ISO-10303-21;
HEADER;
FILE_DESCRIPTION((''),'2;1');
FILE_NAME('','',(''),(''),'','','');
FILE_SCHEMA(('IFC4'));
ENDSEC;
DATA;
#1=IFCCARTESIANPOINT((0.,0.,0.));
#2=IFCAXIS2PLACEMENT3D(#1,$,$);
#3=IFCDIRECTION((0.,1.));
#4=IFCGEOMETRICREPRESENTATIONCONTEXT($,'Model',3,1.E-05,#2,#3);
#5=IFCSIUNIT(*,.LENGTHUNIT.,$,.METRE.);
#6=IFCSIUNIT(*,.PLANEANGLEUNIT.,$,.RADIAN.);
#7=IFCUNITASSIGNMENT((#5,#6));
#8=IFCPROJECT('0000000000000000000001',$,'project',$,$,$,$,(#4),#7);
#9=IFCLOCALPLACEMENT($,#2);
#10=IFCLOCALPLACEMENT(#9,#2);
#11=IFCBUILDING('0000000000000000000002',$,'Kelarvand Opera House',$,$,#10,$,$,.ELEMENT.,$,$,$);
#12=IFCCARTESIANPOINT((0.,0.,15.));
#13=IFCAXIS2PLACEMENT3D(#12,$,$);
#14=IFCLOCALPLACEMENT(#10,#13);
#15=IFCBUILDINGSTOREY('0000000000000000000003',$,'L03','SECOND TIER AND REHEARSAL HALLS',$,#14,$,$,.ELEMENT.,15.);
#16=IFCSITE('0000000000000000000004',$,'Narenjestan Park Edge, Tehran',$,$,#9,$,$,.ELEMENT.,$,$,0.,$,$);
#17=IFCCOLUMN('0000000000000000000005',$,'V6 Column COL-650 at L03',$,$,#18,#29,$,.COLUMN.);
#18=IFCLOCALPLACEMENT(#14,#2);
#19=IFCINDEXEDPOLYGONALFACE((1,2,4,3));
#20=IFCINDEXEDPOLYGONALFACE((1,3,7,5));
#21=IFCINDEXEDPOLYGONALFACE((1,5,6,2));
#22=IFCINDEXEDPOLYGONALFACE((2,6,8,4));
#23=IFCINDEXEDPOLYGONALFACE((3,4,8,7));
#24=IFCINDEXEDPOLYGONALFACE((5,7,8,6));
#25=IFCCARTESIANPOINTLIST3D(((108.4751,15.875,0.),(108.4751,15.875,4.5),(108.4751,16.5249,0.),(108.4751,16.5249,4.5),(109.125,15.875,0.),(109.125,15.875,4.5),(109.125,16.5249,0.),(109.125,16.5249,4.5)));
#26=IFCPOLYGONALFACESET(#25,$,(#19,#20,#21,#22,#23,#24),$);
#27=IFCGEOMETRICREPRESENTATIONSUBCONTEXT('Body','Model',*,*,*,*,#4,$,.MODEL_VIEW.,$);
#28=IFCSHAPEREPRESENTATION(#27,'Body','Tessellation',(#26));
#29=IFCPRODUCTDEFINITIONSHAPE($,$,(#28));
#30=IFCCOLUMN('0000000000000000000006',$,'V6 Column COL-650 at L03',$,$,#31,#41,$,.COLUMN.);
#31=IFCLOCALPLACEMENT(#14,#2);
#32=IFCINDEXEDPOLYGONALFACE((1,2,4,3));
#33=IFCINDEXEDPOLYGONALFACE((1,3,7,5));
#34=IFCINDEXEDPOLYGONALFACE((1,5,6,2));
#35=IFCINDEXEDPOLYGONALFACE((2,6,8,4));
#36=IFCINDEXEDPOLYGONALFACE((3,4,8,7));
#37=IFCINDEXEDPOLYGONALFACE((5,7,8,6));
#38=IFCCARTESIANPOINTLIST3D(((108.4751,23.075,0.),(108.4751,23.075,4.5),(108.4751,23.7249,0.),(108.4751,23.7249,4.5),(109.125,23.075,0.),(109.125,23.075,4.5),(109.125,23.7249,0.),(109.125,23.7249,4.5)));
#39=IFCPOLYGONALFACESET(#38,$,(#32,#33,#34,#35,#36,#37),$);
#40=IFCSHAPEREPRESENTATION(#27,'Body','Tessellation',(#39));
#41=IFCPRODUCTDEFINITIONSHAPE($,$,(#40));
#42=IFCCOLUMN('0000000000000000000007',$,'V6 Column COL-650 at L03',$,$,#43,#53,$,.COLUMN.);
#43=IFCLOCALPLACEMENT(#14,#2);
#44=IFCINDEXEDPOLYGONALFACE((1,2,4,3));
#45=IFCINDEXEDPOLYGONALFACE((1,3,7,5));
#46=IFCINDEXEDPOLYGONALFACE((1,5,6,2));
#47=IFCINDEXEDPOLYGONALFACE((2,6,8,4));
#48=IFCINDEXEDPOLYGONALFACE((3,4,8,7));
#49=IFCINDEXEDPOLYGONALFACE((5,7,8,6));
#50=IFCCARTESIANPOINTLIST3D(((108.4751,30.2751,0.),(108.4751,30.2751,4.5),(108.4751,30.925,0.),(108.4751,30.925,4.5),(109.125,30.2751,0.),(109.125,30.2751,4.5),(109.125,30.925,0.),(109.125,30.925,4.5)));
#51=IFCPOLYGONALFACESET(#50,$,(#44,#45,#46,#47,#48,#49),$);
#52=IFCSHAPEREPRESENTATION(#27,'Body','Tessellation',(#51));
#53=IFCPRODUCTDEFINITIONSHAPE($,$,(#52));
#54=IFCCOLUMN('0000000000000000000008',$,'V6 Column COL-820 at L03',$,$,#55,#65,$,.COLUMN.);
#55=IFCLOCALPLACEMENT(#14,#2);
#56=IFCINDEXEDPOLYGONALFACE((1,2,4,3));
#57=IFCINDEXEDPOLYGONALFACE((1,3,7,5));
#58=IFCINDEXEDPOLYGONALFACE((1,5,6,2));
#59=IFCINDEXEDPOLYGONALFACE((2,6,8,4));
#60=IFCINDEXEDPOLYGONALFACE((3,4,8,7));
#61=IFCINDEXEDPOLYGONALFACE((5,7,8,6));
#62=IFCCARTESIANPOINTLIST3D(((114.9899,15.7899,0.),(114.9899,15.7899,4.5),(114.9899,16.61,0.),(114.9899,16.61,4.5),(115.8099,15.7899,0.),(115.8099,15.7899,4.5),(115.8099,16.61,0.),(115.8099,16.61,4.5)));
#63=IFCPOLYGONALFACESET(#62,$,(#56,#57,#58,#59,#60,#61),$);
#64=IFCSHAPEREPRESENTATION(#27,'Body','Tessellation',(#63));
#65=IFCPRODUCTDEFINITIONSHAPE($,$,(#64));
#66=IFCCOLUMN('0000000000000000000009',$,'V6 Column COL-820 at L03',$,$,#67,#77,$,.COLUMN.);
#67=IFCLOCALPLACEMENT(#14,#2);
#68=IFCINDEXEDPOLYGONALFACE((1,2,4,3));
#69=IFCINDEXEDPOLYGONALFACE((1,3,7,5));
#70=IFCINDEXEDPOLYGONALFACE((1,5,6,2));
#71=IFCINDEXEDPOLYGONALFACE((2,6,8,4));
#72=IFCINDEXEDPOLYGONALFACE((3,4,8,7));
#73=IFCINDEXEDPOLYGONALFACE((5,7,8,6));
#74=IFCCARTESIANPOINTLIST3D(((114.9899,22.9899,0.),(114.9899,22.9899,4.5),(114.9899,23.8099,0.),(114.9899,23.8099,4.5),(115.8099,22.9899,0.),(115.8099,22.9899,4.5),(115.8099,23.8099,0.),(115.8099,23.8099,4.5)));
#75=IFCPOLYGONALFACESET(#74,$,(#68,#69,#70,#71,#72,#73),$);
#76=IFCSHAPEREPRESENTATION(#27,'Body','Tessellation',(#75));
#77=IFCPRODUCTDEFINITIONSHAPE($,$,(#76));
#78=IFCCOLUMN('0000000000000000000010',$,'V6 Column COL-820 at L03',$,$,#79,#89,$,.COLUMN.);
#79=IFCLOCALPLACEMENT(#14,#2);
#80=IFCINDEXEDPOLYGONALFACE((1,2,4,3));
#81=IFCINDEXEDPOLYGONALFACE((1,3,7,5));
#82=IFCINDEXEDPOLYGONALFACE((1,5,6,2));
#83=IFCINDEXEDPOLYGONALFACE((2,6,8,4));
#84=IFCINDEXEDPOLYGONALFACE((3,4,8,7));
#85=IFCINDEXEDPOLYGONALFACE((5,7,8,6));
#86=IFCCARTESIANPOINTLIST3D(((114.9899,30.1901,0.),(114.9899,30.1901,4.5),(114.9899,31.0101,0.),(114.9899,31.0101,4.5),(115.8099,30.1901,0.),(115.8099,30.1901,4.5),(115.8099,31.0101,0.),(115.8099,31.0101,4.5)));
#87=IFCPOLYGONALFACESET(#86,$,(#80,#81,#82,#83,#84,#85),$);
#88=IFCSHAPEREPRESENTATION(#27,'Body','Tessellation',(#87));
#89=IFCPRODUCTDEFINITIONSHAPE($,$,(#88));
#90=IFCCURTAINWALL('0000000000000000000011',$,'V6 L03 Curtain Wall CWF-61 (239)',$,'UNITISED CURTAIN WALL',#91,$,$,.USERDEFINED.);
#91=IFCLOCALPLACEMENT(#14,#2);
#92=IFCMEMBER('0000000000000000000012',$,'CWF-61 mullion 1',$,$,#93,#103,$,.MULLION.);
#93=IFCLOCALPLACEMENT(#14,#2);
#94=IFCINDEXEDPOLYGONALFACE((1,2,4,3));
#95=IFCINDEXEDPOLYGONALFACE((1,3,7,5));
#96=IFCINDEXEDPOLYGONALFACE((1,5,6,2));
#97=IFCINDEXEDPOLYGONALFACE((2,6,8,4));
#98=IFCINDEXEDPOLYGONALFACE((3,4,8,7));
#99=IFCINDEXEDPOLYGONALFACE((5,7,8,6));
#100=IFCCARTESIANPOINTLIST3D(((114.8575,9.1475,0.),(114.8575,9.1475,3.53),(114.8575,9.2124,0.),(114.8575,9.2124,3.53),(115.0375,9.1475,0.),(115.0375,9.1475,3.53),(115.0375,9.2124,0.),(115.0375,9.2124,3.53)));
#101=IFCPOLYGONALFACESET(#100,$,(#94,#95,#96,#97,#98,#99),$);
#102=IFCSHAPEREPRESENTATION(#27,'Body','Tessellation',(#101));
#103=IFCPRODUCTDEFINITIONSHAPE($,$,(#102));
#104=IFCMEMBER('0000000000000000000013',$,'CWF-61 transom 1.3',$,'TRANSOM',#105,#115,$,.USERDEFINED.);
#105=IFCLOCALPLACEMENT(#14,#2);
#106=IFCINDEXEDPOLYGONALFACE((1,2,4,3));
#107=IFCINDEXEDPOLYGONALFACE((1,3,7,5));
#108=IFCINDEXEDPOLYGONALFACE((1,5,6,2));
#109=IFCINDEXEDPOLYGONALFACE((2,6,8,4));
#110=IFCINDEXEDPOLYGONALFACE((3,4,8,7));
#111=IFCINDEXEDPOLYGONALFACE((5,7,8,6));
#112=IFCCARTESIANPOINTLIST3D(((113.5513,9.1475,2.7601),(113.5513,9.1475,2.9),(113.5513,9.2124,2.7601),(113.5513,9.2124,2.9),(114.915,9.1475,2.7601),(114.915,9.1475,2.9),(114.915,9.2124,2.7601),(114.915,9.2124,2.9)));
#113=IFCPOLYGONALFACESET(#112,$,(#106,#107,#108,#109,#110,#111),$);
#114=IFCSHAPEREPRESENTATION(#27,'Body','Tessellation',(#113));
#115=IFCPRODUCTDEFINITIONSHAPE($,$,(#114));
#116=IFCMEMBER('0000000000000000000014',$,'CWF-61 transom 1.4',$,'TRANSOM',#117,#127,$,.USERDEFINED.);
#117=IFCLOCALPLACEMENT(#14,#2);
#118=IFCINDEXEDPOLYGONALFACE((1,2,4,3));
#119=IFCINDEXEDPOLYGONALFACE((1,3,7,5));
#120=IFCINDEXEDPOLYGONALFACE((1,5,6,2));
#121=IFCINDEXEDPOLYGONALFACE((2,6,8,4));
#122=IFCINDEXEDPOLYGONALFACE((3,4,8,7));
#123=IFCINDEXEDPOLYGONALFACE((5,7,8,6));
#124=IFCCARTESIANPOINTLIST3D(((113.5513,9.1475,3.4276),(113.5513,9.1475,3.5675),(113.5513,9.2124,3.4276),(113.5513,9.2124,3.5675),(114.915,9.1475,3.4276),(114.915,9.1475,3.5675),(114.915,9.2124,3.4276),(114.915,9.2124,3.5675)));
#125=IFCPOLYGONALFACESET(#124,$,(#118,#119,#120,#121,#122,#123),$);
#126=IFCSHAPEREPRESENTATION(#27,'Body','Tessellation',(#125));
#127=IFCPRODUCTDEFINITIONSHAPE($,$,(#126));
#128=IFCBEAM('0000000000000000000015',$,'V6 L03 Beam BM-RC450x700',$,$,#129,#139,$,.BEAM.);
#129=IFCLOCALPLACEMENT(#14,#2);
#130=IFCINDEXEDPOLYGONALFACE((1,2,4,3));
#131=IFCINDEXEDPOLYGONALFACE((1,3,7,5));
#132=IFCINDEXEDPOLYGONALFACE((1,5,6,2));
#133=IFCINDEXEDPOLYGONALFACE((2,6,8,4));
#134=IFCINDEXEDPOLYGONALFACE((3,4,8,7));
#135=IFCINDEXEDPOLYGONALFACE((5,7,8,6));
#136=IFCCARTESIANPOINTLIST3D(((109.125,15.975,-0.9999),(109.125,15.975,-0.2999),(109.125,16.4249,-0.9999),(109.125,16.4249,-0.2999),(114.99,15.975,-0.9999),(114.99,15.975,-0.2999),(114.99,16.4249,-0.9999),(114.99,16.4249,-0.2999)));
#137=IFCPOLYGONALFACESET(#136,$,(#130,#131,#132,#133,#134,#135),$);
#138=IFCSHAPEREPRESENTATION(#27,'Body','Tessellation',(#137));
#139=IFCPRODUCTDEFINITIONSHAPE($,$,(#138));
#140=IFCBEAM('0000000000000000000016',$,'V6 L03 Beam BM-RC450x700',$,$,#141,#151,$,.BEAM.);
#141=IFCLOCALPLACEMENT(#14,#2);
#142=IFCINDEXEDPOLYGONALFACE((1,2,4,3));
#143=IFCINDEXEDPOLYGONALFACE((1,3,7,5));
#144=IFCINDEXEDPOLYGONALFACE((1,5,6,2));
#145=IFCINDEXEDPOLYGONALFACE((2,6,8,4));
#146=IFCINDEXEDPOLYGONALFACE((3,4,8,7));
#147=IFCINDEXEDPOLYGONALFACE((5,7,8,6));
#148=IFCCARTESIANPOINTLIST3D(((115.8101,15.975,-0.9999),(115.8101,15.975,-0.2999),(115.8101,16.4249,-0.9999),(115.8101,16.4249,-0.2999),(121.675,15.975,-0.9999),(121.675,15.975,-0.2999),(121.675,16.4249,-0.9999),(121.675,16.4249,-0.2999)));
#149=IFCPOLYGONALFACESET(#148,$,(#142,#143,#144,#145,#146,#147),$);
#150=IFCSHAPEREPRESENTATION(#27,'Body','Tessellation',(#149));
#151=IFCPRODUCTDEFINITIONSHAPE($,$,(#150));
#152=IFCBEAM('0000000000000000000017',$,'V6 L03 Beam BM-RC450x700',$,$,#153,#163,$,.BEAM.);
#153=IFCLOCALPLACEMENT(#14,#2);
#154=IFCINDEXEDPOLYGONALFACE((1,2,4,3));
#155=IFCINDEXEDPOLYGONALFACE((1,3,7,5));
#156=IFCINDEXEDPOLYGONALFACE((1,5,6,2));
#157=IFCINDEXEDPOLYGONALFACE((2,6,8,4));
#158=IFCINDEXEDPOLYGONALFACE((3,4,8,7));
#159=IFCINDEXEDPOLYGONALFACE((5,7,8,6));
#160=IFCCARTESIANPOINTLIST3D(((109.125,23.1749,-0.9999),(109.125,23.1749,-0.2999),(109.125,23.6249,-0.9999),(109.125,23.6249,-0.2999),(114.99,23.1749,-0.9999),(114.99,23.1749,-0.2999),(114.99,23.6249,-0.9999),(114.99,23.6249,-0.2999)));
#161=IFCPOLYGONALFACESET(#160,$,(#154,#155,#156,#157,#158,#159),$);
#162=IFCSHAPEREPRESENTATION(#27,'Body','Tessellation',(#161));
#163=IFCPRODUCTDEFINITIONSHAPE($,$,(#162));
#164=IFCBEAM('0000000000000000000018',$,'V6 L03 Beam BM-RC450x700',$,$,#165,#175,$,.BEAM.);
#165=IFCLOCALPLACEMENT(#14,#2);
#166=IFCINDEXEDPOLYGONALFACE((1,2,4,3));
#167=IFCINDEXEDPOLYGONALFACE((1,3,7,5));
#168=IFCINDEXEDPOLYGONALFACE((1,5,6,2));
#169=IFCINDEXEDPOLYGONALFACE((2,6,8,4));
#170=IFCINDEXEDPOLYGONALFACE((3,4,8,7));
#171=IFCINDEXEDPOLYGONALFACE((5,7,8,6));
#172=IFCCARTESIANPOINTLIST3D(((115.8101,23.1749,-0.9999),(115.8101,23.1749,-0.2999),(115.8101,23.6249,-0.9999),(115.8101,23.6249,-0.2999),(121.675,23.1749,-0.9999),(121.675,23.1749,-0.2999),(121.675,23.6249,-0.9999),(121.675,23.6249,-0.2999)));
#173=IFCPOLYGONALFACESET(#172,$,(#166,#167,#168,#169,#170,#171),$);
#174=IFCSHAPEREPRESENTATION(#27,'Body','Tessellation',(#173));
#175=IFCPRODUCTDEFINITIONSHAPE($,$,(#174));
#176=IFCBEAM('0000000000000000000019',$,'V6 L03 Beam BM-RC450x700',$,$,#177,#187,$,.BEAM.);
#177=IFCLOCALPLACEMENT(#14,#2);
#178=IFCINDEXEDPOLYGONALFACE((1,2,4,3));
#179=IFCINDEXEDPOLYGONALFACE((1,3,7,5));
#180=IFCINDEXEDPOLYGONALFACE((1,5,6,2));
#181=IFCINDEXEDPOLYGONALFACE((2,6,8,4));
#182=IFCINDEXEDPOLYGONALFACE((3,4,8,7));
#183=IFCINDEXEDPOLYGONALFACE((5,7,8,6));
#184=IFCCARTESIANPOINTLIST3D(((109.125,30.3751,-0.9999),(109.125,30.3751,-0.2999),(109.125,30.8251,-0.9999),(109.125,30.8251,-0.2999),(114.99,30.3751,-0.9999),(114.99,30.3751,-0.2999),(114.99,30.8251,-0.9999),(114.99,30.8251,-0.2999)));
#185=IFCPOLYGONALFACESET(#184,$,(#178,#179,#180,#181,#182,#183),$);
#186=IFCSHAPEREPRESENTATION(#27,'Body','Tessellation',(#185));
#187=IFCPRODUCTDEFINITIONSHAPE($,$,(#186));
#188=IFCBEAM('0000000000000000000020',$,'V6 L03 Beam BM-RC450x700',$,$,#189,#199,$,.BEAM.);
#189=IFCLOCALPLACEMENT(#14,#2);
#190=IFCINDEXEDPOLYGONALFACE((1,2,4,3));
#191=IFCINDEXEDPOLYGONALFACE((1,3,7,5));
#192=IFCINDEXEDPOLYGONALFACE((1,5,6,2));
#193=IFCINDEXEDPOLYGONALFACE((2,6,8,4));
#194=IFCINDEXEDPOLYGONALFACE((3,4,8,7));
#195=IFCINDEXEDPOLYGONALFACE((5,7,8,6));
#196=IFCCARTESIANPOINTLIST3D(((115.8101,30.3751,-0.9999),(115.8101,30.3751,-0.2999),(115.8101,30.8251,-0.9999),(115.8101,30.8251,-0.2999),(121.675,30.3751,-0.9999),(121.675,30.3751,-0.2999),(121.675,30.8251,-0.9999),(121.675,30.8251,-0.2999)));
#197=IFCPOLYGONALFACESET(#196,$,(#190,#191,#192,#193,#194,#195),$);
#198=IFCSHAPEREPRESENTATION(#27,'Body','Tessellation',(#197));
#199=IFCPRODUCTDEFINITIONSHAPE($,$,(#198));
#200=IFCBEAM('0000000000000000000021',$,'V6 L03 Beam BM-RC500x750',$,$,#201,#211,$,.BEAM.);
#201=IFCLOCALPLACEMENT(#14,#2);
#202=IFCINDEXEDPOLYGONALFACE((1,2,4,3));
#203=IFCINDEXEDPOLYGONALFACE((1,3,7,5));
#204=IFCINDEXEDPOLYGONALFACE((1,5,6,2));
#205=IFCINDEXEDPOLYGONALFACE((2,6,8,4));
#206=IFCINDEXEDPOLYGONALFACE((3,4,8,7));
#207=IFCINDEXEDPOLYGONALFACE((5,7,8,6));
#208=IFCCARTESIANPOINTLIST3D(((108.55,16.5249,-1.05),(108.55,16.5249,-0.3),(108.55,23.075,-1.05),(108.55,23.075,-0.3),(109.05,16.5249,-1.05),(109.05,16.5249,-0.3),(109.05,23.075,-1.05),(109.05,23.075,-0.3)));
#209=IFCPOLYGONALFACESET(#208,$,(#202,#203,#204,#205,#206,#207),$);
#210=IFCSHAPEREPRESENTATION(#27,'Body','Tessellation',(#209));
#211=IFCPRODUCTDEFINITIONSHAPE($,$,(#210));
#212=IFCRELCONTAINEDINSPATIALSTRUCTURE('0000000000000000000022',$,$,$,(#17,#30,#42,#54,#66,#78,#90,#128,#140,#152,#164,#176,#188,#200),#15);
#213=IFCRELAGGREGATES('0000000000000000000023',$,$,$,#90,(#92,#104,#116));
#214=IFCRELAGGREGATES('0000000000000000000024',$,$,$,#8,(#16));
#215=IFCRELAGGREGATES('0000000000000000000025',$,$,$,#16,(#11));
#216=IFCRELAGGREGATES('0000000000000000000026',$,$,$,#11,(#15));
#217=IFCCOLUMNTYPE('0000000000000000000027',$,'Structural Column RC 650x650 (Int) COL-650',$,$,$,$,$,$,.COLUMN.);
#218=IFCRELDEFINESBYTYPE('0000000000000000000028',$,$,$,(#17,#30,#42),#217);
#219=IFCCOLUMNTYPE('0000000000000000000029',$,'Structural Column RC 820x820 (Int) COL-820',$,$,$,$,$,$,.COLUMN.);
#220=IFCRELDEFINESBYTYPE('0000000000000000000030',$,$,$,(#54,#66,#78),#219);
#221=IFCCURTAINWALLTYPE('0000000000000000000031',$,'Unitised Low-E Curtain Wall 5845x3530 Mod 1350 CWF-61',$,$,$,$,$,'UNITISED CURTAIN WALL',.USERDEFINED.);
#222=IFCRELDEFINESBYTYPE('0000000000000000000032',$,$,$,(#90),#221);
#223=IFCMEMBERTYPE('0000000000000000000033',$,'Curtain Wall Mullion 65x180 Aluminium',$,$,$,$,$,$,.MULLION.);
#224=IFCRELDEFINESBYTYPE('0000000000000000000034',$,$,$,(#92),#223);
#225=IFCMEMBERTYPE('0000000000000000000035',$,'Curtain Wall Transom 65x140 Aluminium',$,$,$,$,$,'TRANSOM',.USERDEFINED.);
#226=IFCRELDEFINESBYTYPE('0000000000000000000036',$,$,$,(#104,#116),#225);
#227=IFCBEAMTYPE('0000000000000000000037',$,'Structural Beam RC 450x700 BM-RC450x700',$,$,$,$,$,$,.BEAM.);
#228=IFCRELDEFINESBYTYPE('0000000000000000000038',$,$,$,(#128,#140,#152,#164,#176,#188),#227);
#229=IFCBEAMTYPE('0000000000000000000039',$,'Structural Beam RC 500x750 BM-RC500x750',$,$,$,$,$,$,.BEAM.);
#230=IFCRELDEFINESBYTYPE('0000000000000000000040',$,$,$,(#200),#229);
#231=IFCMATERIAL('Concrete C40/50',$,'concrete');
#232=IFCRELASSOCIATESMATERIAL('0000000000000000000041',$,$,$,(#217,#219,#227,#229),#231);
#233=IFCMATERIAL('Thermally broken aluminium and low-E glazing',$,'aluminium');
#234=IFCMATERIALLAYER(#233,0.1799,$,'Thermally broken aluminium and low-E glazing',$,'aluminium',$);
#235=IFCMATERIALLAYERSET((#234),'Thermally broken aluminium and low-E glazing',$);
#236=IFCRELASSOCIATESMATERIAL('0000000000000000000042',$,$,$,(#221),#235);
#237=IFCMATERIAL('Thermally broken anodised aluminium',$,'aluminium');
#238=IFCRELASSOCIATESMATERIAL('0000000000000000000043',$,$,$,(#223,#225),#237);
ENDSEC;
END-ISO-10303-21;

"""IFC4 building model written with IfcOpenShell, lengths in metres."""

from ifc_helpers import new_model, si_unit, direction, frame, origin, origin_2d, place, context, subcontext, project, spatial, rectangle, extrude, material, layer, layer_set, material_profile, profile_set, type_object, element, aggregate, save


model = new_model("IFC4")

# Units and contexts
model_context = context("Model", 3, precision=1e-05, world=origin(), true_north=direction((0.0, 1.0)))
body_context = subcontext(model_context, "Body", "Model", "MODEL_VIEW")
ifc_project = project(units=[si_unit("LENGTHUNIT", "METRE"), si_unit("PLANEANGLEUNIT", "RADIAN")], contexts=[model_context])

# Site, building, storey
site_placement = place(None, origin())
site = spatial("IfcSite", under=ifc_project, at=site_placement, Name="Narenjestan Park Edge, Tehran", CompositionType="ELEMENT", RefElevation=0.0)
building_placement = place(site_placement, origin())
building = spatial("IfcBuilding", under=site, at=building_placement, Name="Kelarvand Opera House", CompositionType="ELEMENT")
storey_placement = place(building_placement, frame((0.0, 0.0, 15.0)))
storey = spatial("IfcBuildingStorey", under=building, at=storey_placement, Name="L03", Description="SECOND TIER AND REHEARSAL HALLS", CompositionType="ELEMENT", Elevation=15.0)

# Columns
ifc_material_1 = material(Name="Concrete C40/50", Category="concrete")
ifc_material_profile_1 = material_profile(ifc_material_1, rectangle(XDim=0.6499, YDim=0.6499, at=origin_2d()), Name="RC 650x650", Category="concrete")
ifc_profile_set_1 = profile_set([ifc_material_profile_1], Name="Concrete C40/50")
column_type_1 = type_object("IfcColumnType", Name="Structural Column RC 650x650 (Int) COL-650", PredefinedType="COLUMN", material=ifc_profile_set_1)
for number, where, z_axis, x_axis, name in (
    (1, (108.8, 16.2, 0.0), (0.0, 0.0, 1.0), (1.0, 0.0, 0.0), "V6 Column COL-650 at L03"),
    (2, (108.8, 23.3999, 0.0), (0.0, 0.0, 1.0), (1.0, 0.0, 0.0), "V6 Column COL-650 at L03"),
    (3, (108.8, 30.6001, 0.0), (0.0, 0.0, 1.0), (1.0, 0.0, 0.0), "V6 Column COL-650 at L03"),
):
    element("IfcColumn", number, at=place(storey_placement, frame(where, z_axis=z_axis, x_axis=x_axis)), inside=storey, type_object=column_type_1, Name=name, PredefinedType="COLUMN", context=body_context, shape_type="SweptSolid", body=[
        extrude(rectangle(XDim=0.6499, YDim=0.6499, at=origin_2d()), origin(), (0.0, 0.0, 1.0), 4.5),
    ])
ifc_material_profile_2 = material_profile(ifc_material_1, rectangle(XDim=0.8201, YDim=0.8201, at=origin_2d()), Name="RC 820x820", Category="concrete")
ifc_profile_set_2 = profile_set([ifc_material_profile_2], Name="Concrete C40/50")
column_type_2 = type_object("IfcColumnType", Name="Structural Column RC 820x820 (Int) COL-820", PredefinedType="COLUMN", material=ifc_profile_set_2)
for number, where, z_axis, x_axis, name in (
    (4, (115.3999, 16.2, 0.0), (0.0, 0.0, 1.0), (1.0, 0.0, 0.0), "V6 Column COL-820 at L03"),
    (5, (115.3999, 23.3999, 0.0), (0.0, 0.0, 1.0), (1.0, 0.0, 0.0), "V6 Column COL-820 at L03"),
    (6, (115.3999, 30.6001, 0.0), (0.0, 0.0, 1.0), (1.0, 0.0, 0.0), "V6 Column COL-820 at L03"),
):
    element("IfcColumn", number, at=place(storey_placement, frame(where, z_axis=z_axis, x_axis=x_axis)), inside=storey, type_object=column_type_2, Name=name, PredefinedType="COLUMN", context=body_context, shape_type="SweptSolid", body=[
        extrude(rectangle(XDim=0.8201, YDim=0.8201, at=origin_2d()), origin(), (0.0, 0.0, 1.0), 4.5),
    ])

# Curtain wall, members
ifc_material_2 = material(Name="Thermally broken aluminium and low-E glazing", Category="aluminium")
ifc_layer_1 = layer(ifc_material_2, 0.1799, Name="Thermally broken aluminium and low-E glazing", Category="aluminium")
ifc_layer_set_1 = layer_set([ifc_layer_1], Name="Thermally broken aluminium and low-E glazing")
curtain_wall_type = type_object("IfcCurtainWallType", Name="Unitised Low-E Curtain Wall 5845x3530 Mod 1350 CWF-61", ElementType="UNITISED CURTAIN WALL", PredefinedType="USERDEFINED", material=ifc_layer_set_1)
curtain_wall_placement = place(storey_placement, origin())
curtain_wall = element("IfcCurtainWall", 7, at=curtain_wall_placement, inside=storey, type_object=curtain_wall_type, Name="V6 L03 Curtain Wall CWF-61 (239)", ObjectType="UNITISED CURTAIN WALL", PredefinedType="USERDEFINED")
ifc_material_3 = material(Name="Thermally broken anodised aluminium", Category="aluminium")
ifc_material_profile_3 = material_profile(ifc_material_3, rectangle(XDim=0.0649, YDim=0.1799, at=origin_2d()), Name="ALU MULLION 65x180", Category="aluminium")
ifc_profile_set_3 = profile_set([ifc_material_profile_3], Name="Thermally broken anodised aluminium")
member_type_1 = type_object("IfcMemberType", Name="Curtain Wall Mullion 65x180 Aluminium", PredefinedType="MULLION", material=ifc_profile_set_3)
member_1_placement = place(storey_placement, frame((114.9475, 9.1799, 0.0), z_axis=(0.0, 0.0, 1.0), x_axis=(0.0, -1.0, 0.0)))
member_1 = element("IfcMember", 8, at=member_1_placement, type_object=member_type_1, Name="CWF-61 mullion 1", PredefinedType="MULLION", context=body_context, shape_type="SweptSolid", body=[
    extrude(rectangle(XDim=0.0649, YDim=0.1799, at=origin_2d()), origin(), (0.0, 0.0, 1.0), 3.53),
])
ifc_material_profile_4 = material_profile(ifc_material_3, rectangle(XDim=0.0649, YDim=0.1399, at=origin_2d()), Name="ALU TRANSOM 65x140", Category="aluminium")
ifc_profile_set_4 = profile_set([ifc_material_profile_4], Name="Thermally broken anodised aluminium")
member_type_2 = type_object("IfcMemberType", Name="Curtain Wall Transom 65x140 Aluminium", ElementType="TRANSOM", PredefinedType="USERDEFINED", material=ifc_profile_set_4)
member_2_placement = place(storey_placement, frame((114.915, 9.1799, 2.8301), z_axis=(-1.0, 0.0, 0.0), x_axis=(0.0, -1.0, 0.0)))
member_2 = element("IfcMember", 9, at=member_2_placement, type_object=member_type_2, Name="CWF-61 transom 1.3", ObjectType="TRANSOM", PredefinedType="USERDEFINED", context=body_context, shape_type="SweptSolid", body=[
    extrude(rectangle(XDim=0.0649, YDim=0.1399, at=origin_2d()), origin(), (0.0, 0.0, 1.0), 1.3638),
])
member_3_placement = place(storey_placement, frame((114.915, 9.1799, 3.4976), z_axis=(-1.0, 0.0, 0.0), x_axis=(0.0, -1.0, 0.0)))
member_3 = element("IfcMember", 10, at=member_3_placement, type_object=member_type_2, Name="CWF-61 transom 1.4", ObjectType="TRANSOM", PredefinedType="USERDEFINED", context=body_context, shape_type="SweptSolid", body=[
    extrude(rectangle(XDim=0.0649, YDim=0.1399, at=origin_2d()), origin(), (0.0, 0.0, 1.0), 1.3638),
])
aggregate(curtain_wall, [member_1, member_2, member_3])

# Beams
ifc_material_profile_5 = material_profile(ifc_material_1, rectangle(XDim=0.45, YDim=0.7, at=origin_2d()), Name="RC 450x700", Category="concrete")
ifc_profile_set_5 = profile_set([ifc_material_profile_5], Name="Concrete C40/50")
beam_type_1 = type_object("IfcBeamType", Name="Structural Beam RC 450x700 BM-RC450x700", PredefinedType="BEAM", material=ifc_profile_set_5)
for number, where, z_axis, x_axis, name in (
    (11, (109.125, 16.2, -0.6499), (1.0, 0.0, 0.0), (0.0, 1.0, 0.0), "V6 L03 Beam BM-RC450x700"),
    (12, (115.8101, 16.2, -0.6499), (1.0, 0.0, 0.0), (0.0, 1.0, 0.0), "V6 L03 Beam BM-RC450x700"),
    (13, (109.125, 23.3999, -0.6499), (1.0, 0.0, 0.0), (0.0, 1.0, 0.0), "V6 L03 Beam BM-RC450x700"),
    (14, (115.8101, 23.3999, -0.6499), (1.0, 0.0, 0.0), (0.0, 1.0, 0.0), "V6 L03 Beam BM-RC450x700"),
    (15, (109.125, 30.6001, -0.6499), (1.0, 0.0, 0.0), (0.0, 1.0, 0.0), "V6 L03 Beam BM-RC450x700"),
    (16, (115.8101, 30.6001, -0.6499), (1.0, 0.0, 0.0), (0.0, 1.0, 0.0), "V6 L03 Beam BM-RC450x700"),
):
    element("IfcBeam", number, at=place(storey_placement, frame(where, z_axis=z_axis, x_axis=x_axis)), inside=storey, type_object=beam_type_1, Name=name, PredefinedType="BEAM", context=body_context, shape_type="SweptSolid", body=[
        extrude(rectangle(XDim=0.45, YDim=0.7, at=origin_2d()), origin(), (0.0, 0.0, 1.0), 5.865),
    ])
ifc_material_profile_6 = material_profile(ifc_material_1, rectangle(XDim=0.5, YDim=0.75, at=origin_2d()), Name="RC 500x750", Category="concrete")
ifc_profile_set_6 = profile_set([ifc_material_profile_6], Name="Concrete C40/50")
beam_type_2 = type_object("IfcBeamType", Name="Structural Beam RC 500x750 BM-RC500x750", PredefinedType="BEAM", material=ifc_profile_set_6)
beam_1_placement = place(storey_placement, frame((108.8, 16.5249, -0.675), z_axis=(0.0, 1.0, 0.0), x_axis=(-1.0, 0.0, 0.0)))
element("IfcBeam", 17, at=beam_1_placement, inside=storey, type_object=beam_type_2, Name="V6 L03 Beam BM-RC500x750", PredefinedType="BEAM", context=body_context, shape_type="SweptSolid", body=[
    extrude(rectangle(XDim=0.5, YDim=0.75, at=origin_2d()), origin(), (0.0, 0.0, 1.0), 6.55),
])

save(model, "model.ifc")
